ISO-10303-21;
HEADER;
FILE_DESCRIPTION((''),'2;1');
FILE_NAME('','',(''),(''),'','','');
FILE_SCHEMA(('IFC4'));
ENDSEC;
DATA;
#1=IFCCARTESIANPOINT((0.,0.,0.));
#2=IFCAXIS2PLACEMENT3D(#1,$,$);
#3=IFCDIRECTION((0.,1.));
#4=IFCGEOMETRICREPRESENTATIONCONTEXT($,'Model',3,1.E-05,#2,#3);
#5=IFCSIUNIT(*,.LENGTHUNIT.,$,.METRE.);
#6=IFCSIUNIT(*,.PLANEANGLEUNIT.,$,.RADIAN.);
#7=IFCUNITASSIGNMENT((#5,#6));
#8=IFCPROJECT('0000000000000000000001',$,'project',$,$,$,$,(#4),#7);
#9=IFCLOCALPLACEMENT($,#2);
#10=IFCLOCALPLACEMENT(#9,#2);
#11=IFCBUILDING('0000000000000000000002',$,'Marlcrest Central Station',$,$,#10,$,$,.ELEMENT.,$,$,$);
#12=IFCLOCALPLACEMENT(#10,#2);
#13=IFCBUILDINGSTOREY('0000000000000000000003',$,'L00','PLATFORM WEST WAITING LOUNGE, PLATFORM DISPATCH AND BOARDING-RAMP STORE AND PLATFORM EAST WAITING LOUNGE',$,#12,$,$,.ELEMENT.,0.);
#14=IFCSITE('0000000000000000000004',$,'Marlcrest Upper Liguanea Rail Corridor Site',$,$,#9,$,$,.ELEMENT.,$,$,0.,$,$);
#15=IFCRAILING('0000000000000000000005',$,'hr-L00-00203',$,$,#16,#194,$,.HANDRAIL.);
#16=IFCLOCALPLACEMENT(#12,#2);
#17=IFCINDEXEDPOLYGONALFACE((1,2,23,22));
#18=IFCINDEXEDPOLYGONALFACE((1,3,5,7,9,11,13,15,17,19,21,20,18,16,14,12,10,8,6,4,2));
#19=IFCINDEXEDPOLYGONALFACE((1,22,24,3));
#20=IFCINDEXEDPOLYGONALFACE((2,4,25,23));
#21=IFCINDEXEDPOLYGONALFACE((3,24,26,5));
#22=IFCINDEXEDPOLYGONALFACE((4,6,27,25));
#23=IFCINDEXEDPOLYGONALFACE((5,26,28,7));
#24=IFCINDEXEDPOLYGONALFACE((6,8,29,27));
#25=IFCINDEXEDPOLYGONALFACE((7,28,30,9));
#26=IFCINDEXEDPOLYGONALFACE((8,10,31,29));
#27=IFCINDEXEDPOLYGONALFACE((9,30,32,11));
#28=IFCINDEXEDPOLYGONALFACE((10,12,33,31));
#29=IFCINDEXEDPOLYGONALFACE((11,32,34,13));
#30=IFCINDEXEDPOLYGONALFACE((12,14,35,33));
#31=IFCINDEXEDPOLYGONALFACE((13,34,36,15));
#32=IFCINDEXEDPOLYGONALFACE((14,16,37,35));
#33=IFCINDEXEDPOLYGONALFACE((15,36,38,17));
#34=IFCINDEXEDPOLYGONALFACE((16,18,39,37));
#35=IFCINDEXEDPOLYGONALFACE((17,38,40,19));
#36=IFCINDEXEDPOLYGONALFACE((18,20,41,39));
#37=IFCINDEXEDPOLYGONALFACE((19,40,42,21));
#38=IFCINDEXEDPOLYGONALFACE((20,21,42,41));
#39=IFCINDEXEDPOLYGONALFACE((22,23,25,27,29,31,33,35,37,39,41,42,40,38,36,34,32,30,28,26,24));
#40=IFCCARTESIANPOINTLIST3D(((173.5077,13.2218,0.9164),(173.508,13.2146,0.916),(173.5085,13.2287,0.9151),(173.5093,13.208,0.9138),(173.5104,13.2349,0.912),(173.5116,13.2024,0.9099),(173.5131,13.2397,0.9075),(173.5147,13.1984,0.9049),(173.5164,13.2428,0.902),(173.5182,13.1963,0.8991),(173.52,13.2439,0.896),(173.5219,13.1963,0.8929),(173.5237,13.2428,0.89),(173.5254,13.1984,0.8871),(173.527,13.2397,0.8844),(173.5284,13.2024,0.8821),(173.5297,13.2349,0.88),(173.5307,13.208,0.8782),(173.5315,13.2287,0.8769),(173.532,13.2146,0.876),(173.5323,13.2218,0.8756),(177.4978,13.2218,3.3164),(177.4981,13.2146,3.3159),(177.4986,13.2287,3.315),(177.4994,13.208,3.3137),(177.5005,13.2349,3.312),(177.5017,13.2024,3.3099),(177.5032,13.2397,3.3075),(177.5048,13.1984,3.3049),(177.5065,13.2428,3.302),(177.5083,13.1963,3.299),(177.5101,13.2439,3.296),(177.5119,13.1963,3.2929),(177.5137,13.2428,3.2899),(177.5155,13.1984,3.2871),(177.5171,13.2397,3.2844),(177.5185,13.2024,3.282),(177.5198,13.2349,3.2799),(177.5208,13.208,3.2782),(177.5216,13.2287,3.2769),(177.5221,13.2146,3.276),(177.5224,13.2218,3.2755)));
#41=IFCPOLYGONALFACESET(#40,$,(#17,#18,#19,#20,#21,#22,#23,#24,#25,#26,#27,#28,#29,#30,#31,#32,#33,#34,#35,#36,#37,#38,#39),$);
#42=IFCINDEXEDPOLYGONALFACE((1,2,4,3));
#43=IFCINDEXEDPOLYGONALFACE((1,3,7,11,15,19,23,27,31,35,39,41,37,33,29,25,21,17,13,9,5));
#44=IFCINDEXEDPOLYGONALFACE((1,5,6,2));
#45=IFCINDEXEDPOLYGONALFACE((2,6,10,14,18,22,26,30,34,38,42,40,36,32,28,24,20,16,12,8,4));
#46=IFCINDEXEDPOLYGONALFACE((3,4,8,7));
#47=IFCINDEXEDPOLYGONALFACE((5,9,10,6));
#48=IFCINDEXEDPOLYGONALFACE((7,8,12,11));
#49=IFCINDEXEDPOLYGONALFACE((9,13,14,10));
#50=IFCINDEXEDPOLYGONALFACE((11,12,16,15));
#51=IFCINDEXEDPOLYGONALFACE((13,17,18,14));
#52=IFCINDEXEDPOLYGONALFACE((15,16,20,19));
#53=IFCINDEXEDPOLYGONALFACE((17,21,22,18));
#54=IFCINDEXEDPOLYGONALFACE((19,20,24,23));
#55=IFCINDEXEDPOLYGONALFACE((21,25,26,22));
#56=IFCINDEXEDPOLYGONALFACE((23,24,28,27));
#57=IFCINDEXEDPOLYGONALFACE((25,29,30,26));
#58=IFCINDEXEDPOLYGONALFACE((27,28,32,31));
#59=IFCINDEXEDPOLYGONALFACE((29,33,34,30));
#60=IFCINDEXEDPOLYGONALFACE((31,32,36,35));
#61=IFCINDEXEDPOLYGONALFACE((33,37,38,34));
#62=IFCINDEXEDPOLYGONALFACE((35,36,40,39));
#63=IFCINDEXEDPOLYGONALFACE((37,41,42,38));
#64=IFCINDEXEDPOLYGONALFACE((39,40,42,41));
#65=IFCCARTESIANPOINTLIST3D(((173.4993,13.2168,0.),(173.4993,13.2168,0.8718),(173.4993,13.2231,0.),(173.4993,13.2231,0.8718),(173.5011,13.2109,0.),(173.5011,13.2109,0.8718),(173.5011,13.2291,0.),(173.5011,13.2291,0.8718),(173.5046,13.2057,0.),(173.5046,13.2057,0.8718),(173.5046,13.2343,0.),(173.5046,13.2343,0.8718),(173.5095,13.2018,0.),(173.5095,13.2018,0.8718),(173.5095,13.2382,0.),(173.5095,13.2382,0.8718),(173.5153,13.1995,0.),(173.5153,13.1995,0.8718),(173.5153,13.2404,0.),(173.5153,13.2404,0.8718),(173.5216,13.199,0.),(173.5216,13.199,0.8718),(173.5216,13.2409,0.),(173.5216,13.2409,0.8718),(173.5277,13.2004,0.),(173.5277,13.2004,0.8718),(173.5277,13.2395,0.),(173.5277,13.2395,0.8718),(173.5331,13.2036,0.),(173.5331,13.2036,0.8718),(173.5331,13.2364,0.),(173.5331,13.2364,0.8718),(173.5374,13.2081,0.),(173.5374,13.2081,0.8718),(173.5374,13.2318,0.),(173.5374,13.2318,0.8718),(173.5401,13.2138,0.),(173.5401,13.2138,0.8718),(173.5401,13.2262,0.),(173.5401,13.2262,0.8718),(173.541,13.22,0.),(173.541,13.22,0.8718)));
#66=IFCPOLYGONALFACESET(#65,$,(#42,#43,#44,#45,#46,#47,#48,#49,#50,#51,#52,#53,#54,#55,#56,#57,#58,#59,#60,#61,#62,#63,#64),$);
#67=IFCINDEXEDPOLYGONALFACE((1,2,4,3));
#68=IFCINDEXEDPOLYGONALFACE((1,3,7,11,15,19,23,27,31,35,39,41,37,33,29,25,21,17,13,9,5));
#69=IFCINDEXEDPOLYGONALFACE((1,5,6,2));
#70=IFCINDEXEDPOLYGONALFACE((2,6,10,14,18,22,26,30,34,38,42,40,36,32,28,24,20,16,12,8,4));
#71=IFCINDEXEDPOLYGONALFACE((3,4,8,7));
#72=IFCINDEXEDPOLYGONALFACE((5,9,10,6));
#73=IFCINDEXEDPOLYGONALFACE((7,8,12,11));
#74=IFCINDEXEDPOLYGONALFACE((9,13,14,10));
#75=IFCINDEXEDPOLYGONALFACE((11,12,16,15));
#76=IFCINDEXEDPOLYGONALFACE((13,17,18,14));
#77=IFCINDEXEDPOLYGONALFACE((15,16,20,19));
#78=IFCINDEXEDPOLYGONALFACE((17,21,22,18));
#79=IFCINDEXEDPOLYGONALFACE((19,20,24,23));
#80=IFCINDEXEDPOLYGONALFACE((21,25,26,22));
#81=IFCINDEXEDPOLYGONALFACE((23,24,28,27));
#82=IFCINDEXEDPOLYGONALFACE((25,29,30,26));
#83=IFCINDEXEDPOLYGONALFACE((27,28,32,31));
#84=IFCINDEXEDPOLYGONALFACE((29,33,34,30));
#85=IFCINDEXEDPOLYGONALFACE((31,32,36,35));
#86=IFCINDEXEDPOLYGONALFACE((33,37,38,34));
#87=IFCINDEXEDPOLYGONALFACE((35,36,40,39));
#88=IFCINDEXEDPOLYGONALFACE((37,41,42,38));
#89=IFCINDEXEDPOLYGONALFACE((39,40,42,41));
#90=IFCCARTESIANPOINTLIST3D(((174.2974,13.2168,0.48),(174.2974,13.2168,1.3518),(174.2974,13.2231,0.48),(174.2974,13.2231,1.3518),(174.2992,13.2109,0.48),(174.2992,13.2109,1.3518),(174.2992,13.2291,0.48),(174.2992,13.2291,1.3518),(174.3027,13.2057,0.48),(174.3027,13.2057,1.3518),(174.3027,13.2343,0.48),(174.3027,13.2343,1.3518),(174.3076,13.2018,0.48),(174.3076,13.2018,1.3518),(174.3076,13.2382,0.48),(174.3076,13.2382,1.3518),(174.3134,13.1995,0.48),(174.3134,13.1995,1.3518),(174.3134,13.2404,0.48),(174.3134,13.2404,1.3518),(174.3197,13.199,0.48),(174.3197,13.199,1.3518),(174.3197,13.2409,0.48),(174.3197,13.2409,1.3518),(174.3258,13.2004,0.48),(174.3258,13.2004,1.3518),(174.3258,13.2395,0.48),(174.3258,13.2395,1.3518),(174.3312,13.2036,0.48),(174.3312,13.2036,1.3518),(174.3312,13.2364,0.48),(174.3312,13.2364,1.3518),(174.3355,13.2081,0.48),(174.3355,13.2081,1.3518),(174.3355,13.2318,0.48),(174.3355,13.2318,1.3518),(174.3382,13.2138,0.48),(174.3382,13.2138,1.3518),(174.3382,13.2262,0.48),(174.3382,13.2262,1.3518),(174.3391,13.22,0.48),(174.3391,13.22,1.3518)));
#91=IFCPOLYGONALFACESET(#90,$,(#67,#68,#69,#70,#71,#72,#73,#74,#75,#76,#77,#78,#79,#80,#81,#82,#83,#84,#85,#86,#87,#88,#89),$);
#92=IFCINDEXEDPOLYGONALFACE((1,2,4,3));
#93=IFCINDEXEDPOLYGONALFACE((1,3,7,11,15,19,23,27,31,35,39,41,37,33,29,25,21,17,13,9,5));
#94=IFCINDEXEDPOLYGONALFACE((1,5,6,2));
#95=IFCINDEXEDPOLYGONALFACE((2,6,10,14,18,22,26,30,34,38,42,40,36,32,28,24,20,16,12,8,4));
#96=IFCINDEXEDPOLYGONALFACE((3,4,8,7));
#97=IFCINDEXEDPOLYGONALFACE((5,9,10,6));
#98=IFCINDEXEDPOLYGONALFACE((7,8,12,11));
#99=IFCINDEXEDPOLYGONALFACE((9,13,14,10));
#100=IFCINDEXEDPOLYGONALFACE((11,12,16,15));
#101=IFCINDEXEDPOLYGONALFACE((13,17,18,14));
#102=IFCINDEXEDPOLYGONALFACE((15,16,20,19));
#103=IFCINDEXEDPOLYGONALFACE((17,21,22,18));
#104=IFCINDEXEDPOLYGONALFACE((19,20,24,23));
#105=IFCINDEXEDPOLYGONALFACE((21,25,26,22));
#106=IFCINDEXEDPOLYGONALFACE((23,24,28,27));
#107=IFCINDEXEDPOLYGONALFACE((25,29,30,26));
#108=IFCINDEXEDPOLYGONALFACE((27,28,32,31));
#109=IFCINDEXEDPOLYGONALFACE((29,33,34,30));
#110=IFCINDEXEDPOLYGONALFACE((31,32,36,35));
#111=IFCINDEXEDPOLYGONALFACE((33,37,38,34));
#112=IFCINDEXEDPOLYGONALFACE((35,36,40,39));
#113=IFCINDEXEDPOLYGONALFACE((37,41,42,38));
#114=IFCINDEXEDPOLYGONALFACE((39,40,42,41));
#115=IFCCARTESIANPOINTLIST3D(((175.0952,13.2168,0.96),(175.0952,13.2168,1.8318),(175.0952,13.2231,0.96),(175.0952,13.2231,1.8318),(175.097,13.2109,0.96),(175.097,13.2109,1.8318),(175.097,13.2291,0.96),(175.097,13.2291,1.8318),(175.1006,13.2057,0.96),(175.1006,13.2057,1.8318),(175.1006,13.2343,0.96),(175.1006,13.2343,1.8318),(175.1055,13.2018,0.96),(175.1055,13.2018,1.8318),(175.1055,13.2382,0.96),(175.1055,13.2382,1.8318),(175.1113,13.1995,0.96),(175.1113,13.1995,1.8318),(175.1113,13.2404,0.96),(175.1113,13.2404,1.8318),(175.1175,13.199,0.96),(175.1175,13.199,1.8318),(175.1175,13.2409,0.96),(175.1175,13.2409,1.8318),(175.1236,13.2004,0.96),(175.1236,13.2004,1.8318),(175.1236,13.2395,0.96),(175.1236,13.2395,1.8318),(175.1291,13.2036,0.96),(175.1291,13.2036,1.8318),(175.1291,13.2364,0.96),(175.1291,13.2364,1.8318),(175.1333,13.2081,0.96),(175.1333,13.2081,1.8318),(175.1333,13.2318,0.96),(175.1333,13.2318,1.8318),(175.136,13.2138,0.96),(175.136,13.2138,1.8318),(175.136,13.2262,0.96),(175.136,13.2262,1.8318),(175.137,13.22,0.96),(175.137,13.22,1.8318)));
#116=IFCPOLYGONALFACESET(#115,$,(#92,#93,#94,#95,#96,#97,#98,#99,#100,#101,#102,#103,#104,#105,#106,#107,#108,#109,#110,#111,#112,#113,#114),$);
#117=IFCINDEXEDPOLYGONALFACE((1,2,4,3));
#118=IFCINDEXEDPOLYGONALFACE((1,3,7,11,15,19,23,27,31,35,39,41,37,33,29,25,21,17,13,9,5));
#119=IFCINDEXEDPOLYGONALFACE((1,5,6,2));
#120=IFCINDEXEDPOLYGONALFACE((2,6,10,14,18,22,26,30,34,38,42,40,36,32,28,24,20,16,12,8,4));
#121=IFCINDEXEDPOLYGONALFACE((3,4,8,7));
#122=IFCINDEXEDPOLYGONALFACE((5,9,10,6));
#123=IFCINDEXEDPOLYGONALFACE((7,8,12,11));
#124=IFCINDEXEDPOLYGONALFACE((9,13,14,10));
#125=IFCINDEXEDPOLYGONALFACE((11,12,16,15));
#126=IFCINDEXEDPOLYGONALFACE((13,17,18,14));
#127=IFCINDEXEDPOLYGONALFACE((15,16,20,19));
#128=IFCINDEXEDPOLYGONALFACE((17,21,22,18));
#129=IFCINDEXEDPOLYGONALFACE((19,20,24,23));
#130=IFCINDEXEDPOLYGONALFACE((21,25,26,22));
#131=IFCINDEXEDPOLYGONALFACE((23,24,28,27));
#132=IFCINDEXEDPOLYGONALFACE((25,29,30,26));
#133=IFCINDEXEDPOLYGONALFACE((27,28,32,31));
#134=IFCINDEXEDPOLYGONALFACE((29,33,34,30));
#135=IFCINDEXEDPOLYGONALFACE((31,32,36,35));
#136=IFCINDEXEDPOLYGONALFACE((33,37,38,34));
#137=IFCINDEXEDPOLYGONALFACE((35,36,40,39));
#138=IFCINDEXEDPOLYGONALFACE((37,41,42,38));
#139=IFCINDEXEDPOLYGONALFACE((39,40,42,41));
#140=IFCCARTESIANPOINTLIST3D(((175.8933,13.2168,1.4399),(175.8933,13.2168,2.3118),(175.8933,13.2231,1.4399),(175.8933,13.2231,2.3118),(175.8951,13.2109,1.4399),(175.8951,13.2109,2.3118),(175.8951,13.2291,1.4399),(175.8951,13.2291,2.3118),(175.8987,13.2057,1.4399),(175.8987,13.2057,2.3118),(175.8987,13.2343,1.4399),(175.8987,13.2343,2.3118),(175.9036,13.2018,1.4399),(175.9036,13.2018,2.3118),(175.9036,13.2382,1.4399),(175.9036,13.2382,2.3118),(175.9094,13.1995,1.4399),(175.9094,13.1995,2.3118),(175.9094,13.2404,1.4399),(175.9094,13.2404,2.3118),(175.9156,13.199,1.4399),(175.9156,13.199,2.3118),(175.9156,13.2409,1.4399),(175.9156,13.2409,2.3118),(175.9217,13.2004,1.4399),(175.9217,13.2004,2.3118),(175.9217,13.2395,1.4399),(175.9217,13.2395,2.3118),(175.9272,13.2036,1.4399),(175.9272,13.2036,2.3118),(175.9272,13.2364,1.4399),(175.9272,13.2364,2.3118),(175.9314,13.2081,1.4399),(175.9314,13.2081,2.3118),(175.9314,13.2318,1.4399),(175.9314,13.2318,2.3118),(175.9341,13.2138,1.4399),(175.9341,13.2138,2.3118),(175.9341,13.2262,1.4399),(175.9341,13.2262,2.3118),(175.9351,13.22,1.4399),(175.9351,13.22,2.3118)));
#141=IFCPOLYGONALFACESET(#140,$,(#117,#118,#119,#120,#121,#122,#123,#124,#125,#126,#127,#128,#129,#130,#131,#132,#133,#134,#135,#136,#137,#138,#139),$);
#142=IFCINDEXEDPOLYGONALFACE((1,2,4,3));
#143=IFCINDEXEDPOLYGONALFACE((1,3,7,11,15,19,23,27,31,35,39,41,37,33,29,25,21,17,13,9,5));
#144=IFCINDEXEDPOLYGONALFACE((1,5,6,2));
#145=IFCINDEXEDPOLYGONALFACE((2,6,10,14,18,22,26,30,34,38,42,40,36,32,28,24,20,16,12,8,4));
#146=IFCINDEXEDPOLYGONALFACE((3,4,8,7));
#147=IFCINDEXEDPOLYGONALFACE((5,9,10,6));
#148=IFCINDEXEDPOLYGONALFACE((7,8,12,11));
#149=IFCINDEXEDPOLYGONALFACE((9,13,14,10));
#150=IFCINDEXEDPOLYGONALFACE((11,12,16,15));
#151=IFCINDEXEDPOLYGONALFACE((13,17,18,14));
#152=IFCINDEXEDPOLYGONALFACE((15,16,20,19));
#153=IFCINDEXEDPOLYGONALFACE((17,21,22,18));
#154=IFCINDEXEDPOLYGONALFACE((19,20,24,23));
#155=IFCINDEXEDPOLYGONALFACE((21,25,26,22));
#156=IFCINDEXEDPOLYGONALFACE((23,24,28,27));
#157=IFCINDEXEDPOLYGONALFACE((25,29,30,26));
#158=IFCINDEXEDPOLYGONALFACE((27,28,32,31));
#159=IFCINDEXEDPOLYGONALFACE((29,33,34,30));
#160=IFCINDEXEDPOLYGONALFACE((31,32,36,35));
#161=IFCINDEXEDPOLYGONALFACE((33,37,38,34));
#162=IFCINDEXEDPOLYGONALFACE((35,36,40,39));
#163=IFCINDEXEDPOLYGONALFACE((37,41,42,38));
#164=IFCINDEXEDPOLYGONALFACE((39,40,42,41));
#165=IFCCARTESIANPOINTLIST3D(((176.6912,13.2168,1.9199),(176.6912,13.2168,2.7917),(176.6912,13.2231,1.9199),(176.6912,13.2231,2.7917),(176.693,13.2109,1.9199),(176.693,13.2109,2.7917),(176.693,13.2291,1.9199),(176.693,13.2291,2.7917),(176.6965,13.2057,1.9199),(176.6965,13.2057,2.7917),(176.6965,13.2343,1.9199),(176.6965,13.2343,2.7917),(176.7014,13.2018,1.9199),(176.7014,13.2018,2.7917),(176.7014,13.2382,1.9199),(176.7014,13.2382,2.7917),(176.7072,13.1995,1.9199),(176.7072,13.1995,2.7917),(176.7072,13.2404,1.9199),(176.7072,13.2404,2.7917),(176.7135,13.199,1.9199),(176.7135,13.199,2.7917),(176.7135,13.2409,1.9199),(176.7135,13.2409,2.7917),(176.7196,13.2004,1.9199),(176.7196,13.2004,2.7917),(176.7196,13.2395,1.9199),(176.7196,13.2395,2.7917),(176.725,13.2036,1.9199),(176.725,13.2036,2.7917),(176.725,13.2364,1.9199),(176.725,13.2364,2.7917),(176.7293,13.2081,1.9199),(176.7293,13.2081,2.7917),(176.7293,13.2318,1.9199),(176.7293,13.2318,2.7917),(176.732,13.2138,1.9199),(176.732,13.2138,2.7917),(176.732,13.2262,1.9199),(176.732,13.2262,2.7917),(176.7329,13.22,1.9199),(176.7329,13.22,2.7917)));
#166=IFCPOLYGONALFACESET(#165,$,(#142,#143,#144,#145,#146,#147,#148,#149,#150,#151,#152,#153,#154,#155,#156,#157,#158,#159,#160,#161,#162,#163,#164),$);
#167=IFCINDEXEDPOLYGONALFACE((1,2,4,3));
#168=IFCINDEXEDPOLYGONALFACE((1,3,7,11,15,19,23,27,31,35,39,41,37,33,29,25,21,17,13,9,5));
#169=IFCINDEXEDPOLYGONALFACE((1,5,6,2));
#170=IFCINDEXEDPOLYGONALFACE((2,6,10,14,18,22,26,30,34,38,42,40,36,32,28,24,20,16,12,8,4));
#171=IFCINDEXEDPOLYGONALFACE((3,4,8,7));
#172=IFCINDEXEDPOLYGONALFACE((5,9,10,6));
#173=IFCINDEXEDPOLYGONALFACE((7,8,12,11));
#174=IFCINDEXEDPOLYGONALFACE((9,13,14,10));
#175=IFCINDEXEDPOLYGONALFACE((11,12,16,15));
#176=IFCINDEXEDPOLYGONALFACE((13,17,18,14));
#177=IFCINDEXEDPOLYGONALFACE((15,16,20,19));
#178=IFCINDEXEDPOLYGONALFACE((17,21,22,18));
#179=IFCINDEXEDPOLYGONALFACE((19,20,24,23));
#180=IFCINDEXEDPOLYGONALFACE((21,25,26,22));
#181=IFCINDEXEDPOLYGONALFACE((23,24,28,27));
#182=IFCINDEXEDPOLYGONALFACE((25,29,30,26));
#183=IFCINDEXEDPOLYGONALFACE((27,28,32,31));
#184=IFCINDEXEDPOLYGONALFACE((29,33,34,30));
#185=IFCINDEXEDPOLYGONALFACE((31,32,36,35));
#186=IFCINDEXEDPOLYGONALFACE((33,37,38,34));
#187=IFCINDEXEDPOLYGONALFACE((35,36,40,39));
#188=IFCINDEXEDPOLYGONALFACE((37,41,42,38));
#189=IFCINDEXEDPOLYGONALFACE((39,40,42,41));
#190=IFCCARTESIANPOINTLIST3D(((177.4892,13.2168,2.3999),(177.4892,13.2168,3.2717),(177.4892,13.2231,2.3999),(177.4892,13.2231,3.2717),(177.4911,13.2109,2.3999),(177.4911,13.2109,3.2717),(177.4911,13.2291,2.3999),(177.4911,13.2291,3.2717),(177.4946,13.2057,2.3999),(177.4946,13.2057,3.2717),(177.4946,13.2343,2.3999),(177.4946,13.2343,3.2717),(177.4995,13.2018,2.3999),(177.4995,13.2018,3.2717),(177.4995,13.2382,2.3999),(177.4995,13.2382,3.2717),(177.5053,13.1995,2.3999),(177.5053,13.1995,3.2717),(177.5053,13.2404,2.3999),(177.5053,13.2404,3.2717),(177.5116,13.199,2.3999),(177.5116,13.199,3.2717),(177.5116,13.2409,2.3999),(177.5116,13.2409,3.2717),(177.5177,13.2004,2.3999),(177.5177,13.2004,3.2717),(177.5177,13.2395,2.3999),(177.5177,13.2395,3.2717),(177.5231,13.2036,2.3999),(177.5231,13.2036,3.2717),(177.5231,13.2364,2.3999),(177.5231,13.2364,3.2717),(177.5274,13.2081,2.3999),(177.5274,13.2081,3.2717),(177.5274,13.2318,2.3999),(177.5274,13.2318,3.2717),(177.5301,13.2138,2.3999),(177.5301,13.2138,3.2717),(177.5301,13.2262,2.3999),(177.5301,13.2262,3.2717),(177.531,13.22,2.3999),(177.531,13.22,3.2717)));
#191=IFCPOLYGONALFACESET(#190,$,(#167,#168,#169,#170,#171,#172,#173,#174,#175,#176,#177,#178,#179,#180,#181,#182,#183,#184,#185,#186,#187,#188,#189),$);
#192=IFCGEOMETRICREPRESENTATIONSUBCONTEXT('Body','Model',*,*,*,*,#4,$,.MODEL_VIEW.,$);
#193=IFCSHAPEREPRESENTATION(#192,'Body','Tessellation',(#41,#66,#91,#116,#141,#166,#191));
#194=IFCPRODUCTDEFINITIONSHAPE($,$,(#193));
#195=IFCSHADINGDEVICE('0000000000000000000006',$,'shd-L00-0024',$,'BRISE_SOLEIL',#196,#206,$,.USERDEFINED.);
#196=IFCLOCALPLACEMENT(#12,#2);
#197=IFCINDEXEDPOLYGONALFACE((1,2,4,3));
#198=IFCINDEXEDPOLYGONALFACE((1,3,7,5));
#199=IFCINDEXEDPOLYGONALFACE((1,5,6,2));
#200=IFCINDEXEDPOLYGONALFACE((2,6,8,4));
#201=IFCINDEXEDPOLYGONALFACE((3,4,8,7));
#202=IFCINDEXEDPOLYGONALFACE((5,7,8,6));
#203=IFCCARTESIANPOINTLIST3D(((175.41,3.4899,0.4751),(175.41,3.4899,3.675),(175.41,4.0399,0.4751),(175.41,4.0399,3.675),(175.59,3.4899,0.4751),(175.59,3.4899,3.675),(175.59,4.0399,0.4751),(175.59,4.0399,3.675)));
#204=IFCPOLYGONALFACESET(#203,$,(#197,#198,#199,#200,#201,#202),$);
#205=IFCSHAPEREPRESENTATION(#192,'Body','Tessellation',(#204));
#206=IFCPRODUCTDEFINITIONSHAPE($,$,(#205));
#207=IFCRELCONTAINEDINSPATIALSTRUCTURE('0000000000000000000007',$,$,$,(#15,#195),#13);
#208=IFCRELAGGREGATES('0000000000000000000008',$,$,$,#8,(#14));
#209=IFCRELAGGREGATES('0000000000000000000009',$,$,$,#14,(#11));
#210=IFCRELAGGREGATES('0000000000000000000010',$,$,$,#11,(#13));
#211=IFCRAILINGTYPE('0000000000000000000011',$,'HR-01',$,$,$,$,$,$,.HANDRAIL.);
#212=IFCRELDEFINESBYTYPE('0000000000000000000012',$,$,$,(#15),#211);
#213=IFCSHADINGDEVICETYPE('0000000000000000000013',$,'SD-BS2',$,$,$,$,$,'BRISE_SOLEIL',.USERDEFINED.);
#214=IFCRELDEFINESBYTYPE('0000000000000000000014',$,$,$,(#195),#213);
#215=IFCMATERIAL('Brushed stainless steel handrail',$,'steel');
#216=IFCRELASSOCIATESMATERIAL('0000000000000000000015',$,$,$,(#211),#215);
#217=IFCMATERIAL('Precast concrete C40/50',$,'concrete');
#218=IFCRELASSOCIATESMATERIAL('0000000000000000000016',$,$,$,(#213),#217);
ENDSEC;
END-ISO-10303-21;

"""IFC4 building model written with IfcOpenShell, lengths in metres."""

from ifc_helpers import new_model, si_unit, direction, frame, origin, origin_2d, place, context, subcontext, project, spatial, rectangle, circle, extrude, material, type_object, element, save


model = new_model("IFC4")

# Units and contexts
model_context = context("Model", 3, precision=1e-05, world=origin(), true_north=direction((0.0, 1.0)))
body_context = subcontext(model_context, "Body", "Model", "MODEL_VIEW")
ifc_project = project(units=[si_unit("LENGTHUNIT", "METRE"), si_unit("PLANEANGLEUNIT", "RADIAN")], contexts=[model_context])

# Site, building, storey
site_placement = place(None, origin())
site = spatial("IfcSite", under=ifc_project, at=site_placement, Name="Marlcrest Upper Liguanea Rail Corridor Site", CompositionType="ELEMENT", RefElevation=0.0)
building_placement = place(site_placement, origin())
building = spatial("IfcBuilding", under=site, at=building_placement, Name="Marlcrest Central Station", CompositionType="ELEMENT")
storey_placement = place(building_placement, origin())
storey = spatial("IfcBuildingStorey", under=building, at=storey_placement, Name="L00", Description="PLATFORM WEST WAITING LOUNGE, PLATFORM DISPATCH AND BOARDING-RAMP STORE AND PLATFORM EAST WAITING LOUNGE", CompositionType="ELEMENT", Elevation=0.0)

# Railing
ifc_material_1 = material(Name="Brushed stainless steel handrail", Category="steel")
railing_type_1 = type_object("IfcRailingType", Name="HR-01", PredefinedType="HANDRAIL", material=ifc_material_1)
railing_1_placement = place(storey_placement, frame((173.52, 13.22, 0.0)))
element("IfcRailing", 1, at=railing_1_placement, inside=storey, type_object=railing_type_1, Name="hr-L00-00203", PredefinedType="HANDRAIL", context=body_context, shape_type="SweptSolid", body=[
    extrude(circle(Radius=0.0239, at=origin_2d()), frame((0.0, 0.0, 0.896), z_axis=(0.856933, 0.0, 0.515428), x_axis=(0.0, 1.0, 0.0)), (0.0, 0.0, 1.0), 4.6562),
    extrude(circle(Radius=0.021, at=origin_2d()), origin(), (0.0, 0.0, 1.0), 0.8718),
    extrude(circle(Radius=0.021, at=origin_2d()), frame((0.7981, 0.0, 0.48)), (0.0, 0.0, 1.0), 0.8718),
    extrude(circle(Radius=0.021, at=origin_2d()), frame((1.5959, 0.0, 0.96)), (0.0, 0.0, 1.0), 0.8718),
    extrude(circle(Radius=0.021, at=origin_2d()), frame((2.394, 0.0, 1.4399)), (0.0, 0.0, 1.0), 0.8718),
    extrude(circle(Radius=0.021, at=origin_2d()), frame((3.1919, 0.0, 1.9199)), (0.0, 0.0, 1.0), 0.8718),
    extrude(circle(Radius=0.021, at=origin_2d()), frame((3.99, 0.0, 2.3999)), (0.0, 0.0, 1.0), 0.8718),
])

# Shading device
ifc_material_2 = material(Name="Precast concrete C40/50", Category="concrete")
shading_device_type = type_object("IfcShadingDeviceType", Name="SD-BS2", ElementType="BRISE_SOLEIL", PredefinedType="USERDEFINED", material=ifc_material_2)
shading_device_placement = place(storey_placement, frame((175.5, 3.7649, 0.4751), z_axis=(0.0, 0.0, 1.0), x_axis=(1.0, 0.0, 0.0)))
element("IfcShadingDevice", 2, at=shading_device_placement, inside=storey, type_object=shading_device_type, Name="shd-L00-0024", ObjectType="BRISE_SOLEIL", PredefinedType="USERDEFINED", context=body_context, shape_type="SweptSolid", body=[
    extrude(rectangle(XDim=0.1799, YDim=0.55, at=origin_2d()), origin(), (0.0, 0.0, 1.0), 3.2),
])

save(model, "model.ifc")
